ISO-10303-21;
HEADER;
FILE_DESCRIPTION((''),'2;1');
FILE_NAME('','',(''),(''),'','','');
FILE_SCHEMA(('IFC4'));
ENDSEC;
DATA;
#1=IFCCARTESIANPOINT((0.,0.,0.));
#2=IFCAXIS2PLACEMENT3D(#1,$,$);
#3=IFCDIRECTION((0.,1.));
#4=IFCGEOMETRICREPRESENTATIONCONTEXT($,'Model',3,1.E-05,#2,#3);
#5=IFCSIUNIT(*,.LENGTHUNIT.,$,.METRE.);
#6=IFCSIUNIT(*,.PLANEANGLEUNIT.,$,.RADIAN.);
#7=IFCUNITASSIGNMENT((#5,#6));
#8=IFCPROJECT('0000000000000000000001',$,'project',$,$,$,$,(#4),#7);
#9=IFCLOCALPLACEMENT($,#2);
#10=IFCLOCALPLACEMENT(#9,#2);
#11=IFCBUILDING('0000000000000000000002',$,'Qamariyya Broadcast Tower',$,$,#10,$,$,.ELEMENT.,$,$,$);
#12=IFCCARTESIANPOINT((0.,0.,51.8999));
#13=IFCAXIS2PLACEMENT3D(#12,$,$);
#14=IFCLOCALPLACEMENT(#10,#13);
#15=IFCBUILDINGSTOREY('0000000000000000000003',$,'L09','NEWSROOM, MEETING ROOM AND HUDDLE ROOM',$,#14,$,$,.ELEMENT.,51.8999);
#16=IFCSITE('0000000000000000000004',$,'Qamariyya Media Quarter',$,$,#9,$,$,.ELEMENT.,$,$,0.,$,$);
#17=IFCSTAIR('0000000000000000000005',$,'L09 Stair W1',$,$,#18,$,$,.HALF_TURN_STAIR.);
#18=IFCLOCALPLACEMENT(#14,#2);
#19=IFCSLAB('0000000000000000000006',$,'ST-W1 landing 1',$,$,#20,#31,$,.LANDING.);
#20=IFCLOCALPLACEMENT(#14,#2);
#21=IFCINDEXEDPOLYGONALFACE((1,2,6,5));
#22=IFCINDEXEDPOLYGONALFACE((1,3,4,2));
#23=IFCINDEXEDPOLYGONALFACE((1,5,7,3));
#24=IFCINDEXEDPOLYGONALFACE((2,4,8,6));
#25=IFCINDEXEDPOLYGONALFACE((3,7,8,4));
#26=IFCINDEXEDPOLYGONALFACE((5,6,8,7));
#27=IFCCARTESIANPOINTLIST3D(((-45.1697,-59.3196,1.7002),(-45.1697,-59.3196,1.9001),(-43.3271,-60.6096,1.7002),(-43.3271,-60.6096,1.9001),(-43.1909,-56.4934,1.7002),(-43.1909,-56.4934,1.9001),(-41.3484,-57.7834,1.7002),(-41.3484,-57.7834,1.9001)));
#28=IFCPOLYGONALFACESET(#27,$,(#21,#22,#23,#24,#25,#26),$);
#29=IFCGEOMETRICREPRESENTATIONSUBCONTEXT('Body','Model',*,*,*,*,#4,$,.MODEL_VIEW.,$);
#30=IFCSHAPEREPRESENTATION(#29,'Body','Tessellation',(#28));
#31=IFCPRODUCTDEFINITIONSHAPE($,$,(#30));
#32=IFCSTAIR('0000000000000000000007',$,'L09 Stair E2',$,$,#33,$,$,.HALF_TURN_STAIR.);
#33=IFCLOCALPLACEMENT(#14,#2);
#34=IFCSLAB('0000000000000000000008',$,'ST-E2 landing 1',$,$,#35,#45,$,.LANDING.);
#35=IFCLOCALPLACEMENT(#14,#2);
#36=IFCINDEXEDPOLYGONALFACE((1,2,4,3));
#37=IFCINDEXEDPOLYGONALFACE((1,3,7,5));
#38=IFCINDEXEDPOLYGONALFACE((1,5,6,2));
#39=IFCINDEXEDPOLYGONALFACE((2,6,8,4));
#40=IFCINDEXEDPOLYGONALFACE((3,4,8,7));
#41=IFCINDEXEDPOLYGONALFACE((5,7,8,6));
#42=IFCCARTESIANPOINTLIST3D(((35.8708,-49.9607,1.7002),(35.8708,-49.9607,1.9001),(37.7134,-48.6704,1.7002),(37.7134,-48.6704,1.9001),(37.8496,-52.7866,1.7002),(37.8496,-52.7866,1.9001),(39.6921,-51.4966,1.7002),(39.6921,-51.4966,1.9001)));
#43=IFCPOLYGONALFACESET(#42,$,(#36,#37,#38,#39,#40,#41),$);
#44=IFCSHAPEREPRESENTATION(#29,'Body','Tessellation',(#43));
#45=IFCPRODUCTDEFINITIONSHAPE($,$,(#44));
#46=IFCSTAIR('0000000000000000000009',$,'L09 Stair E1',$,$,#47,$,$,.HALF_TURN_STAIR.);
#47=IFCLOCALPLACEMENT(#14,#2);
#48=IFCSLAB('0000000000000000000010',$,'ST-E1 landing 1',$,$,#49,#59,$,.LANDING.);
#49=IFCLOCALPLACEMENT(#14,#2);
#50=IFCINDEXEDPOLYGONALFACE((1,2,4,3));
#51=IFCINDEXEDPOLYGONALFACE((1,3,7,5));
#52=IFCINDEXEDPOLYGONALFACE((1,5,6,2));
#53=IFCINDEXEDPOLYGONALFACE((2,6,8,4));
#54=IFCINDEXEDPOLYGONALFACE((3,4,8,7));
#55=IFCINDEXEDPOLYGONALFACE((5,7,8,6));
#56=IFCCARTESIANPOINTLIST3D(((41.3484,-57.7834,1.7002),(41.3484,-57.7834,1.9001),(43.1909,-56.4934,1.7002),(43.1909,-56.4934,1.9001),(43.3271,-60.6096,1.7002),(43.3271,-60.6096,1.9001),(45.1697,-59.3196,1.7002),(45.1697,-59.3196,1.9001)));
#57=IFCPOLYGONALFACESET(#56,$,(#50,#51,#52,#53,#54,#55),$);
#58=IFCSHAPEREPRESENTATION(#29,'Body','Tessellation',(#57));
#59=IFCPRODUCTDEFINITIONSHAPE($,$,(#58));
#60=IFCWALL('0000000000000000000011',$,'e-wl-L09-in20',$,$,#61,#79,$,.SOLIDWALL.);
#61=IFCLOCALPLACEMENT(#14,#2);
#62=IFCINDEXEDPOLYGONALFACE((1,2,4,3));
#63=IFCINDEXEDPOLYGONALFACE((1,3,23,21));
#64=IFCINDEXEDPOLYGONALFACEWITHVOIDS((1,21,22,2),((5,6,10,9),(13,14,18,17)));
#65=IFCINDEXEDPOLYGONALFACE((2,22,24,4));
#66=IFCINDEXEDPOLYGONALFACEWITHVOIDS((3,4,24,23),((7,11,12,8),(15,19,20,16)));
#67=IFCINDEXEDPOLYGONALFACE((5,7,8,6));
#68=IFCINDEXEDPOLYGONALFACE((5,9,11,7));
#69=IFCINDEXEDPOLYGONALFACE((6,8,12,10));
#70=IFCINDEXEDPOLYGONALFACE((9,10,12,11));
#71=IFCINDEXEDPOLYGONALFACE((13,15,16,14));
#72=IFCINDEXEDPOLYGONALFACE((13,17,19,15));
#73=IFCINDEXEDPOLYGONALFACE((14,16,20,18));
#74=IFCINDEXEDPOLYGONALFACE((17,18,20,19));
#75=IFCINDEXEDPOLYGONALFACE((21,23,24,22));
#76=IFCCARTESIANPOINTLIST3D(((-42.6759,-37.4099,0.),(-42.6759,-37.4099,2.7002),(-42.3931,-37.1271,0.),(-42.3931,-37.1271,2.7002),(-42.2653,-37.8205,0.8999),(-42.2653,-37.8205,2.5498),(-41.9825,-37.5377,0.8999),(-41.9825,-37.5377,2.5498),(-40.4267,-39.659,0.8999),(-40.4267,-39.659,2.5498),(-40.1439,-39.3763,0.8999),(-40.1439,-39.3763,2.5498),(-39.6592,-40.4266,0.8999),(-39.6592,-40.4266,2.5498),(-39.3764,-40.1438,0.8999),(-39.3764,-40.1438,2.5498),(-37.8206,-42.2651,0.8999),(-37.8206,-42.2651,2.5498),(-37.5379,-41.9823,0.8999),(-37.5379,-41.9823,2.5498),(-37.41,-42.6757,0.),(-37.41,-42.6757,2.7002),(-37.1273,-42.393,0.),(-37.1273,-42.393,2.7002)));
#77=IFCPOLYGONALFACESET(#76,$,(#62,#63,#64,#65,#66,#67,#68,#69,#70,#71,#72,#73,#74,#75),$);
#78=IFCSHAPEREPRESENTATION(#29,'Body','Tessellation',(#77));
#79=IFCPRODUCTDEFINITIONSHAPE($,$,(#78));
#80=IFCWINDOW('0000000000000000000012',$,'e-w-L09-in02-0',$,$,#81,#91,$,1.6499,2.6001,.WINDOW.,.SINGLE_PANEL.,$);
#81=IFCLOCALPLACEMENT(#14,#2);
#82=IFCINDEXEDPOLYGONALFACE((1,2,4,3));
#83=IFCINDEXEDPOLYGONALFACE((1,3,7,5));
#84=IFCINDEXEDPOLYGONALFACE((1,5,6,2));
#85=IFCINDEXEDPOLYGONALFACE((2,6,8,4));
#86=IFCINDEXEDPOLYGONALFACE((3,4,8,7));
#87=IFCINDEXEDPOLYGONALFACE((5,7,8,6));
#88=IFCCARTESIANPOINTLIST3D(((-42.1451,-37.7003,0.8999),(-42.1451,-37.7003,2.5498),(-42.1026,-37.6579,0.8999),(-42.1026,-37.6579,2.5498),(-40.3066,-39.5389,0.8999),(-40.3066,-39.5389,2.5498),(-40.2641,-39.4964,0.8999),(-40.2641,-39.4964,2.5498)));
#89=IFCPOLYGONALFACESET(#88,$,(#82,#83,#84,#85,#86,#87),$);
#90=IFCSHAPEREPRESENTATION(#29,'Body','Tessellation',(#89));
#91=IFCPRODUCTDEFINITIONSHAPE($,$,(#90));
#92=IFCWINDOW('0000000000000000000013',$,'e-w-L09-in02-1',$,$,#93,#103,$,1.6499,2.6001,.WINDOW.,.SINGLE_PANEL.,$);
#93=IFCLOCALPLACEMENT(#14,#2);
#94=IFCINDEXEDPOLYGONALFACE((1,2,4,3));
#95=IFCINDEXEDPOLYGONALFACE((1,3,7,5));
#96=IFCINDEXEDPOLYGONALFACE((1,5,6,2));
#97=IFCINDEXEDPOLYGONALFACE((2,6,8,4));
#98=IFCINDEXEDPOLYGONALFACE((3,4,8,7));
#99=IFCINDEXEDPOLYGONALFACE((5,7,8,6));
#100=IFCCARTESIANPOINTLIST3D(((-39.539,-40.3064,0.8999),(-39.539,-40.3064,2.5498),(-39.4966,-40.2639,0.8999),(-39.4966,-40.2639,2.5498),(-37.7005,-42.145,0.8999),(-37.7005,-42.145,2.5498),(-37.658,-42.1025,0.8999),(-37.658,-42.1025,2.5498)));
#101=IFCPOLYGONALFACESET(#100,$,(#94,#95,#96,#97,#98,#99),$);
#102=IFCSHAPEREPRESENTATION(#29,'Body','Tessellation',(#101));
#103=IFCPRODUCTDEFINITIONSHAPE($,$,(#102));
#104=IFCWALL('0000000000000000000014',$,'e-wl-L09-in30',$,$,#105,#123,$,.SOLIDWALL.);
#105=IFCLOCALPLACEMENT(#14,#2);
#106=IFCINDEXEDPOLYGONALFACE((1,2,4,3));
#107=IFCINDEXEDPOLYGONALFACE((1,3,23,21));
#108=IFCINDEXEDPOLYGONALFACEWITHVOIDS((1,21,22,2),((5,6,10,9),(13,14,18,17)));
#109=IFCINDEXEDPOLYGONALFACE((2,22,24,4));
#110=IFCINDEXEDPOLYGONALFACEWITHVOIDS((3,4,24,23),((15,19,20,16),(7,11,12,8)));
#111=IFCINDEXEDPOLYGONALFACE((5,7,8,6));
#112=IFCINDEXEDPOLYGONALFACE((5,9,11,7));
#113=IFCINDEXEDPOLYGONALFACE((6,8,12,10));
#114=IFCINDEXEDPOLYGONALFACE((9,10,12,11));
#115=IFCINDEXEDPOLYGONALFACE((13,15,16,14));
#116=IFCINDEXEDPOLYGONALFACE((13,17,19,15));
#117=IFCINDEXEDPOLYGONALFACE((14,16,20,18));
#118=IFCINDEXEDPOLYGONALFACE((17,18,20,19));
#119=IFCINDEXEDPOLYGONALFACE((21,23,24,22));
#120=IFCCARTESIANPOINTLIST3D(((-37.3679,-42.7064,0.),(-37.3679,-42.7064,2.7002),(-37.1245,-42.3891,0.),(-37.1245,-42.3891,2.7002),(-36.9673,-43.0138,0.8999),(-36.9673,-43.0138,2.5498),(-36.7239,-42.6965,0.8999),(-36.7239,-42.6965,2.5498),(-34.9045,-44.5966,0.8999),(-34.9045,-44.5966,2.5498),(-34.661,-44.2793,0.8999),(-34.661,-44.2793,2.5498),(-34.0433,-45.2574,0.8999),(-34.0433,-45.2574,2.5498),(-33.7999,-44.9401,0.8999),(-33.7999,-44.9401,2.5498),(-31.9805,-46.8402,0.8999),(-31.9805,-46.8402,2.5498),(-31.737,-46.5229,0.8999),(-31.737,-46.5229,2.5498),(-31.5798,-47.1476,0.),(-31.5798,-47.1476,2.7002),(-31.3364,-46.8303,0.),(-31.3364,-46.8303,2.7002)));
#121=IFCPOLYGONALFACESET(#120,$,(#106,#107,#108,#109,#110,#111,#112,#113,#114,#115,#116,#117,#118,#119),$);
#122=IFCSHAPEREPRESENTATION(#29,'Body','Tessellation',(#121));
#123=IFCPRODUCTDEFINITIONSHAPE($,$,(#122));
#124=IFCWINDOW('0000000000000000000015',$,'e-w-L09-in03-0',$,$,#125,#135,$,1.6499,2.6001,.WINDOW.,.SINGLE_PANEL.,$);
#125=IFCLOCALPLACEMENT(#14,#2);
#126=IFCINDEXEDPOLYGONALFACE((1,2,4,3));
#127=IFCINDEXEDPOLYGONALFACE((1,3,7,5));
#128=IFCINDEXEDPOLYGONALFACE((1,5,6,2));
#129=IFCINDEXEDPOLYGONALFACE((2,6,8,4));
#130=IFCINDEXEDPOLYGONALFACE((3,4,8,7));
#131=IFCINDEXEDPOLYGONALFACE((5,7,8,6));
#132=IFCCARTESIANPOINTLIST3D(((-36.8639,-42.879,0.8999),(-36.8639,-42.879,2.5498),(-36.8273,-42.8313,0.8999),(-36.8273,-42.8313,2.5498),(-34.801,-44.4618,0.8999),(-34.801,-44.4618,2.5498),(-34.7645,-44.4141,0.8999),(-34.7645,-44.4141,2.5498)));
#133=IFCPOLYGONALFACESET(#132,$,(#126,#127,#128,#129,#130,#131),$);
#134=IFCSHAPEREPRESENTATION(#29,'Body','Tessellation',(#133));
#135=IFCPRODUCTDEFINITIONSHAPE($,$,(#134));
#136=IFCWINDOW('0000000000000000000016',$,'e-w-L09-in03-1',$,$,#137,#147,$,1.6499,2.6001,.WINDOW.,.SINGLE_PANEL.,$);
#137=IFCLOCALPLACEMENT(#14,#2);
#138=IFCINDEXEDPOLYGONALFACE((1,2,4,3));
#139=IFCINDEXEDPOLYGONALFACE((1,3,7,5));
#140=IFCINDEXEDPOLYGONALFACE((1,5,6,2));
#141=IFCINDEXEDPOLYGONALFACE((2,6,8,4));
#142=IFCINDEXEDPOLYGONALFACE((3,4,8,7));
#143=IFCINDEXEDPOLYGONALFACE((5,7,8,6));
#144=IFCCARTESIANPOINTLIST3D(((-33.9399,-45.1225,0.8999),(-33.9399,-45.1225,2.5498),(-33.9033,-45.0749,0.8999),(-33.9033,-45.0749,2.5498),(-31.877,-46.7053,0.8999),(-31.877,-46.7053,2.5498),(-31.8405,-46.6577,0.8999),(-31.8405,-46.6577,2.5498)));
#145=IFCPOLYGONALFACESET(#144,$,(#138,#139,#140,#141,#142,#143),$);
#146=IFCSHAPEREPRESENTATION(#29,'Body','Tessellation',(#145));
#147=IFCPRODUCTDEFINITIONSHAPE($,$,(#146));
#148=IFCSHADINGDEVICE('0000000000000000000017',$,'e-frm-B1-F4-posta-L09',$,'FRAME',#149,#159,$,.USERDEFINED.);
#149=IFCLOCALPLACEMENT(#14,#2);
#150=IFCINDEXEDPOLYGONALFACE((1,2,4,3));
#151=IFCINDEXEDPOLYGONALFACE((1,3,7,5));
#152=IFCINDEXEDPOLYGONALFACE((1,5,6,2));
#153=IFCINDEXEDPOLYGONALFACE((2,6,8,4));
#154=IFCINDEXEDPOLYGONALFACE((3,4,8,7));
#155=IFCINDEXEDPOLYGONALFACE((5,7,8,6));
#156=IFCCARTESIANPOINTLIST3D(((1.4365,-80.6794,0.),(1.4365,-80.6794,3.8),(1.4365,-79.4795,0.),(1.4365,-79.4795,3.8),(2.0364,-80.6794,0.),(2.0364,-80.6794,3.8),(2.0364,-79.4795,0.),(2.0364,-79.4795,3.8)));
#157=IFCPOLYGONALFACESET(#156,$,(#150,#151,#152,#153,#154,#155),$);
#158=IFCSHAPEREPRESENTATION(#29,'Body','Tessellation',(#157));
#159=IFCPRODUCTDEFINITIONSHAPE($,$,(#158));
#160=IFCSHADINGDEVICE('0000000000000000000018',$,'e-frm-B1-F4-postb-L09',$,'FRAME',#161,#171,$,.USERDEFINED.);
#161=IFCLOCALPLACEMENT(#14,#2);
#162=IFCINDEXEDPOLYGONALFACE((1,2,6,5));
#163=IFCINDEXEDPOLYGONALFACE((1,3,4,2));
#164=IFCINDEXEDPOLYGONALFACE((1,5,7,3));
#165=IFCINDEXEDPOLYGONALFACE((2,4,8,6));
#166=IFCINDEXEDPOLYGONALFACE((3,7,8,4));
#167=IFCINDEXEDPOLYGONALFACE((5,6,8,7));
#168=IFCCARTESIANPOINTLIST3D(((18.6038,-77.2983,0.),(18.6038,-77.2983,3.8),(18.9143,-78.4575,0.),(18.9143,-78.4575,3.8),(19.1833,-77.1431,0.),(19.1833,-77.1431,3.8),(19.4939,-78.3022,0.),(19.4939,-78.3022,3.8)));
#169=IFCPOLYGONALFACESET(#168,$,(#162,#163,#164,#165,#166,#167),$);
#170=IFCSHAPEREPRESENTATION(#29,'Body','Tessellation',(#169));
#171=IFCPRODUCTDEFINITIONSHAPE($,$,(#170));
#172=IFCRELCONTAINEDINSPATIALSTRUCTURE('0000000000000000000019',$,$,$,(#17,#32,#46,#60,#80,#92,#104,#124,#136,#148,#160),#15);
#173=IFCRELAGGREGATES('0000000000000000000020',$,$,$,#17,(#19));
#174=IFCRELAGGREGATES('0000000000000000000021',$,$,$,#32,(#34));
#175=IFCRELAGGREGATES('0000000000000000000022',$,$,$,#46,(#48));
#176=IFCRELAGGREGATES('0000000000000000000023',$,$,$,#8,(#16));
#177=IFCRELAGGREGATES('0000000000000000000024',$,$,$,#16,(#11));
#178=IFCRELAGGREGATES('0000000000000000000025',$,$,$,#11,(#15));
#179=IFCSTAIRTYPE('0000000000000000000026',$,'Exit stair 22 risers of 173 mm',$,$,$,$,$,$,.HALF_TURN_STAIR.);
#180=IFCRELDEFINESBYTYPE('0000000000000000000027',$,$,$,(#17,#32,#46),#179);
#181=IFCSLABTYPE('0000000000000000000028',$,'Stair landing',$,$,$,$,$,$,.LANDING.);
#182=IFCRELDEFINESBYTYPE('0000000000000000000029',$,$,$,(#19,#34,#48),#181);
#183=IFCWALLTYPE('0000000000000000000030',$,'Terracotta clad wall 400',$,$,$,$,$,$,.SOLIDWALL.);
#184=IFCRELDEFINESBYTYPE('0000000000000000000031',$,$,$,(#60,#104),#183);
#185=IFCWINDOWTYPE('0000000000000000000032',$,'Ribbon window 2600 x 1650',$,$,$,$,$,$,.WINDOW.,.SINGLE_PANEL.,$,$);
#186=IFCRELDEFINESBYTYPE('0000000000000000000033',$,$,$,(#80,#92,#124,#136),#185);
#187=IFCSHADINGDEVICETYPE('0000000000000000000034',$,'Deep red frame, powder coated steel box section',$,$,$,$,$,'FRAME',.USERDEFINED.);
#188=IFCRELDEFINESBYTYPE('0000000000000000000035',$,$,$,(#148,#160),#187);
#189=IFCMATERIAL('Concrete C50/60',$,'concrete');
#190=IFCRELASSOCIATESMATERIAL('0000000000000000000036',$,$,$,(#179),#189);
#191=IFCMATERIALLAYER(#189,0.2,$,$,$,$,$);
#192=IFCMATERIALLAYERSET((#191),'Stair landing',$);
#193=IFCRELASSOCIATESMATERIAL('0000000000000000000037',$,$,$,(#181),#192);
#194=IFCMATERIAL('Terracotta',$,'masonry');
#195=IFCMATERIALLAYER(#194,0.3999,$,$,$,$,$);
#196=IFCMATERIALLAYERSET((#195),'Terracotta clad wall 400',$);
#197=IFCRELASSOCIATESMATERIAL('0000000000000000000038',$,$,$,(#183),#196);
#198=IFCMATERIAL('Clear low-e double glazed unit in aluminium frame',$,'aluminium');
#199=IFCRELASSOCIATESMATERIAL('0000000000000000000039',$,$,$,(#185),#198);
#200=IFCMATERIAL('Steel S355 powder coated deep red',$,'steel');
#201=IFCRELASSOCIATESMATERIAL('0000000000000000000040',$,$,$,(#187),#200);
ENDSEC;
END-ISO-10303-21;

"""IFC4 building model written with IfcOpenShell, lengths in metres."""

from ifc_helpers import new_model, si_unit, direction, frame, frame_2d, origin, place, context, subcontext, project, spatial, polyline, rectangle, outline, extrude, material, layer, layer_set, type_object, element, fill, aggregate, save


model = new_model("IFC4")

# Units and contexts
model_context = context("Model", 3, precision=1e-05, world=origin(), true_north=direction((0.0, 1.0)))
body_context = subcontext(model_context, "Body", "Model", "MODEL_VIEW")
ifc_project = project(units=[si_unit("LENGTHUNIT", "METRE"), si_unit("PLANEANGLEUNIT", "RADIAN")], contexts=[model_context])

# Site, building, storey
site_placement = place(None, origin())
site = spatial("IfcSite", under=ifc_project, at=site_placement, Name="Qamariyya Media Quarter", CompositionType="ELEMENT", RefElevation=0.0)
building_placement = place(site_placement, origin())
building = spatial("IfcBuilding", under=site, at=building_placement, Name="Qamariyya Broadcast Tower", CompositionType="ELEMENT")
storey_placement = place(building_placement, frame((0.0, 0.0, 51.8999)))
storey = spatial("IfcBuildingStorey", under=building, at=storey_placement, Name="L09", Description="NEWSROOM, MEETING ROOM AND HUDDLE ROOM", CompositionType="ELEMENT", Elevation=51.8999)

# Shared definitions
ifc_material_1 = material(Name="Concrete C50/60", Category="concrete")

# Stairs, slabs
stair_type = type_object("IfcStairType", Name="Exit stair 22 risers of 173 mm", PredefinedType="HALF_TURN_STAIR", material=ifc_material_1)
ifc_layer_1 = layer(ifc_material_1, 0.2)
ifc_layer_set_1 = layer_set([ifc_layer_1], Name="Stair landing")
slab_type_1 = type_object("IfcSlabType", Name="Stair landing", PredefinedType="LANDING", material=ifc_layer_set_1)
stair_1_placement = place(storey_placement, origin())
stair_1 = element("IfcStair", 1, at=stair_1_placement, inside=storey, type_object=stair_type, Name="L09 Stair W1", PredefinedType="HALF_TURN_STAIR")
slab_1_placement = place(storey_placement, frame((0.0, 0.0, 1.7002)))
slab_1 = element("IfcSlab", 2, at=slab_1_placement, type_object=slab_type_1, Name="ST-W1 landing 1", PredefinedType="LANDING", context=body_context, shape_type="SweptSolid", body=[
    extrude(outline(polyline([(-45.1697, -59.3196), (-43.3271, -60.6096), (-41.3484, -57.7834), (-43.1909, -56.4934), (-45.1697, -59.3196)])), origin(), (0.0, 0.0, 1.0), 0.2),
])
aggregate(stair_1, [slab_1])
stair_2_placement = place(storey_placement, origin())
stair_2 = element("IfcStair", 3, at=stair_2_placement, inside=storey, type_object=stair_type, Name="L09 Stair E2", PredefinedType="HALF_TURN_STAIR")
slab_2_placement = place(storey_placement, frame((0.0, 0.0, 1.7002)))
slab_2 = element("IfcSlab", 4, at=slab_2_placement, type_object=slab_type_1, Name="ST-E2 landing 1", PredefinedType="LANDING", context=body_context, shape_type="SweptSolid", body=[
    extrude(outline(polyline([(37.7134, -48.6704), (35.8708, -49.9607), (37.8496, -52.7866), (39.6921, -51.4966), (37.7134, -48.6704)])), origin(), (0.0, 0.0, 1.0), 0.2),
])
aggregate(stair_2, [slab_2])
stair_3_placement = place(storey_placement, origin())
stair_3 = element("IfcStair", 5, at=stair_3_placement, inside=storey, type_object=stair_type, Name="L09 Stair E1", PredefinedType="HALF_TURN_STAIR")
slab_3_placement = place(storey_placement, frame((0.0, 0.0, 1.7002)))
slab_3 = element("IfcSlab", 6, at=slab_3_placement, type_object=slab_type_1, Name="ST-E1 landing 1", PredefinedType="LANDING", context=body_context, shape_type="SweptSolid", body=[
    extrude(outline(polyline([(43.1909, -56.4934), (41.3484, -57.7834), (43.3271, -60.6096), (45.1697, -59.3196), (43.1909, -56.4934)])), origin(), (0.0, 0.0, 1.0), 0.2),
])
aggregate(stair_3, [slab_3])

# Walls, openings, windows
ifc_material_2 = material(Name="Terracotta", Category="masonry")
ifc_layer_2 = layer(ifc_material_2, 0.3999)
ifc_layer_set_2 = layer_set([ifc_layer_2], Name="Terracotta clad wall 400")
wall_type = type_object("IfcWallType", Name="Terracotta clad wall 400", PredefinedType="SOLIDWALL", material=ifc_layer_set_2)
wall_1_placement = place(storey_placement, frame((-37.2686, -42.5344, 0.0), z_axis=(0.0, 0.0, 1.0), x_axis=(-0.707107, 0.707107, 0.0)))
wall_1 = element("IfcWall", 7, at=wall_1_placement, inside=storey, type_object=wall_type, Name="e-wl-L09-in20", PredefinedType="SOLIDWALL", context=body_context, shape_type="SweptSolid", body=[
    extrude(rectangle(XDim=7.447, YDim=0.3999, at=frame_2d((3.7236, 0.0))), origin(), (0.0, 0.0, 1.0), 2.7002),
])
opening_1_placement = place(wall_1_placement, frame((4.2664, 0.0, 0.8999)))
opening_1 = element("IfcOpeningElement", 8, at=opening_1_placement, cuts=wall_1, PredefinedType="OPENING", context=body_context, shape_type="SweptSolid", body=[
    extrude(rectangle(XDim=2.6001, YDim=1.6499, at=frame_2d((1.3, 0.825))), frame((0.0, 0.21, 0.0), z_axis=(0.0, -1.0, 0.0), x_axis=(1.0, 0.0, 0.0)), (0.0, 0.0, 1.0), 0.4199),
])
opening_2_placement = place(wall_1_placement, frame((0.5808, 0.0, 0.8999)))
opening_2 = element("IfcOpeningElement", 9, at=opening_2_placement, cuts=wall_1, PredefinedType="OPENING", context=body_context, shape_type="SweptSolid", body=[
    extrude(rectangle(XDim=2.6001, YDim=1.6499, at=frame_2d((1.3, 0.825))), frame((0.0, 0.21, 0.0), z_axis=(0.0, -1.0, 0.0), x_axis=(1.0, 0.0, 0.0)), (0.0, 0.0, 1.0), 0.4199),
])
ifc_material_3 = material(Name="Clear low-e double glazed unit in aluminium frame", Category="aluminium")
window_type = type_object("IfcWindowType", Name="Ribbon window 2600 x 1650", PartitioningType="SINGLE_PANEL", PredefinedType="WINDOW", material=ifc_material_3)
window_1_placement = place(opening_1_placement, origin())
window_1 = element("IfcWindow", 10, at=window_1_placement, inside=storey, type_object=window_type, Name="e-w-L09-in02-0", OverallHeight=1.6499, OverallWidth=2.6001, PartitioningType="SINGLE_PANEL", PredefinedType="WINDOW", context=body_context, shape_type="SweptSolid", body=[
    extrude(rectangle(XDim=2.6001, YDim=1.6499, at=frame_2d((1.3, 0.825))), frame((0.0, 0.03, 0.0), z_axis=(0.0, -1.0, 0.0), x_axis=(1.0, 0.0, 0.0)), (0.0, 0.0, 1.0), 0.0601),
])
fill(opening_1, window_1)
window_2_placement = place(opening_2_placement, origin())
window_2 = element("IfcWindow", 11, at=window_2_placement, inside=storey, type_object=window_type, Name="e-w-L09-in02-1", OverallHeight=1.6499, OverallWidth=2.6001, PartitioningType="SINGLE_PANEL", PredefinedType="WINDOW", context=body_context, shape_type="SweptSolid", body=[
    extrude(rectangle(XDim=2.6001, YDim=1.6499, at=frame_2d((1.3, 0.825))), frame((0.0, 0.03, 0.0), z_axis=(0.0, -1.0, 0.0), x_axis=(1.0, 0.0, 0.0)), (0.0, 0.0, 1.0), 0.0601),
])
fill(opening_2, window_2)
wall_2_placement = place(storey_placement, frame((-31.458, -46.989, 0.0), z_axis=(0.0, 0.0, 1.0), x_axis=(-0.793366, 0.608745, 0.0)))
wall_2 = element("IfcWall", 12, at=wall_2_placement, inside=storey, type_object=wall_type, Name="e-wl-L09-in30", PredefinedType="SOLIDWALL", context=body_context, shape_type="SweptSolid", body=[
    extrude(rectangle(XDim=7.2957, YDim=0.3999, at=frame_2d((3.6479, 0.0))), origin(), (0.0, 0.0, 1.0), 2.7002),
])
opening_3_placement = place(wall_2_placement, frame((4.1907, 0.0, 0.8999)))
opening_3 = element("IfcOpeningElement", 13, at=opening_3_placement, cuts=wall_2, PredefinedType="OPENING", context=body_context, shape_type="SweptSolid", body=[
    extrude(rectangle(XDim=2.6001, YDim=1.6499, at=frame_2d((1.3, 0.825))), frame((0.0, 0.21, 0.0), z_axis=(0.0, -1.0, 0.0), x_axis=(1.0, 0.0, 0.0)), (0.0, 0.0, 1.0), 0.4199),
])
opening_4_placement = place(wall_2_placement, frame((0.5051, 0.0, 0.8999)))
opening_4 = element("IfcOpeningElement", 14, at=opening_4_placement, cuts=wall_2, PredefinedType="OPENING", context=body_context, shape_type="SweptSolid", body=[
    extrude(rectangle(XDim=2.6001, YDim=1.6499, at=frame_2d((1.3, 0.825))), frame((0.0, 0.21, 0.0), z_axis=(0.0, -1.0, 0.0), x_axis=(1.0, 0.0, 0.0)), (0.0, 0.0, 1.0), 0.4199),
])
window_3_placement = place(opening_3_placement, origin())
window_3 = element("IfcWindow", 15, at=window_3_placement, inside=storey, type_object=window_type, Name="e-w-L09-in03-0", OverallHeight=1.6499, OverallWidth=2.6001, PartitioningType="SINGLE_PANEL", PredefinedType="WINDOW", context=body_context, shape_type="SweptSolid", body=[
    extrude(rectangle(XDim=2.6001, YDim=1.6499, at=frame_2d((1.3, 0.825))), frame((0.0, 0.03, 0.0), z_axis=(0.0, -1.0, 0.0), x_axis=(1.0, 0.0, 0.0)), (0.0, 0.0, 1.0), 0.0601),
])
fill(opening_3, window_3)
window_4_placement = place(opening_4_placement, origin())
window_4 = element("IfcWindow", 16, at=window_4_placement, inside=storey, type_object=window_type, Name="e-w-L09-in03-1", OverallHeight=1.6499, OverallWidth=2.6001, PartitioningType="SINGLE_PANEL", PredefinedType="WINDOW", context=body_context, shape_type="SweptSolid", body=[
    extrude(rectangle(XDim=2.6001, YDim=1.6499, at=frame_2d((1.3, 0.825))), frame((0.0, 0.03, 0.0), z_axis=(0.0, -1.0, 0.0), x_axis=(1.0, 0.0, 0.0)), (0.0, 0.0, 1.0), 0.0601),
])
fill(opening_4, window_4)

# Shading devices
ifc_material_4 = material(Name="Steel S355 powder coated deep red", Category="steel")
shading_device_type = type_object("IfcShadingDeviceType", Name="Deep red frame, powder coated steel box section", ElementType="FRAME", PredefinedType="USERDEFINED", material=ifc_material_4)
shading_device_1_placement = place(storey_placement, origin())
element("IfcShadingDevice", 17, at=shading_device_1_placement, inside=storey, type_object=shading_device_type, Name="e-frm-B1-F4-posta-L09", ObjectType="FRAME", PredefinedType="USERDEFINED", context=body_context, shape_type="SweptSolid", body=[
    extrude(outline(polyline([(1.4365, -79.4795), (1.4365, -80.6794), (2.0364, -80.6794), (2.0364, -79.4795), (1.4365, -79.4795)])), origin(), (0.0, 0.0, 1.0), 3.8),
])
shading_device_2_placement = place(storey_placement, origin())
element("IfcShadingDevice", 18, at=shading_device_2_placement, inside=storey, type_object=shading_device_type, Name="e-frm-B1-F4-postb-L09", ObjectType="FRAME", PredefinedType="USERDEFINED", context=body_context, shape_type="SweptSolid", body=[
    extrude(outline(polyline([(18.6038, -77.2983), (18.9143, -78.4575), (19.4939, -78.3022), (19.1833, -77.1431), (18.6038, -77.2983)])), origin(), (0.0, 0.0, 1.0), 3.8),
])

save(model, "model.ifc")
